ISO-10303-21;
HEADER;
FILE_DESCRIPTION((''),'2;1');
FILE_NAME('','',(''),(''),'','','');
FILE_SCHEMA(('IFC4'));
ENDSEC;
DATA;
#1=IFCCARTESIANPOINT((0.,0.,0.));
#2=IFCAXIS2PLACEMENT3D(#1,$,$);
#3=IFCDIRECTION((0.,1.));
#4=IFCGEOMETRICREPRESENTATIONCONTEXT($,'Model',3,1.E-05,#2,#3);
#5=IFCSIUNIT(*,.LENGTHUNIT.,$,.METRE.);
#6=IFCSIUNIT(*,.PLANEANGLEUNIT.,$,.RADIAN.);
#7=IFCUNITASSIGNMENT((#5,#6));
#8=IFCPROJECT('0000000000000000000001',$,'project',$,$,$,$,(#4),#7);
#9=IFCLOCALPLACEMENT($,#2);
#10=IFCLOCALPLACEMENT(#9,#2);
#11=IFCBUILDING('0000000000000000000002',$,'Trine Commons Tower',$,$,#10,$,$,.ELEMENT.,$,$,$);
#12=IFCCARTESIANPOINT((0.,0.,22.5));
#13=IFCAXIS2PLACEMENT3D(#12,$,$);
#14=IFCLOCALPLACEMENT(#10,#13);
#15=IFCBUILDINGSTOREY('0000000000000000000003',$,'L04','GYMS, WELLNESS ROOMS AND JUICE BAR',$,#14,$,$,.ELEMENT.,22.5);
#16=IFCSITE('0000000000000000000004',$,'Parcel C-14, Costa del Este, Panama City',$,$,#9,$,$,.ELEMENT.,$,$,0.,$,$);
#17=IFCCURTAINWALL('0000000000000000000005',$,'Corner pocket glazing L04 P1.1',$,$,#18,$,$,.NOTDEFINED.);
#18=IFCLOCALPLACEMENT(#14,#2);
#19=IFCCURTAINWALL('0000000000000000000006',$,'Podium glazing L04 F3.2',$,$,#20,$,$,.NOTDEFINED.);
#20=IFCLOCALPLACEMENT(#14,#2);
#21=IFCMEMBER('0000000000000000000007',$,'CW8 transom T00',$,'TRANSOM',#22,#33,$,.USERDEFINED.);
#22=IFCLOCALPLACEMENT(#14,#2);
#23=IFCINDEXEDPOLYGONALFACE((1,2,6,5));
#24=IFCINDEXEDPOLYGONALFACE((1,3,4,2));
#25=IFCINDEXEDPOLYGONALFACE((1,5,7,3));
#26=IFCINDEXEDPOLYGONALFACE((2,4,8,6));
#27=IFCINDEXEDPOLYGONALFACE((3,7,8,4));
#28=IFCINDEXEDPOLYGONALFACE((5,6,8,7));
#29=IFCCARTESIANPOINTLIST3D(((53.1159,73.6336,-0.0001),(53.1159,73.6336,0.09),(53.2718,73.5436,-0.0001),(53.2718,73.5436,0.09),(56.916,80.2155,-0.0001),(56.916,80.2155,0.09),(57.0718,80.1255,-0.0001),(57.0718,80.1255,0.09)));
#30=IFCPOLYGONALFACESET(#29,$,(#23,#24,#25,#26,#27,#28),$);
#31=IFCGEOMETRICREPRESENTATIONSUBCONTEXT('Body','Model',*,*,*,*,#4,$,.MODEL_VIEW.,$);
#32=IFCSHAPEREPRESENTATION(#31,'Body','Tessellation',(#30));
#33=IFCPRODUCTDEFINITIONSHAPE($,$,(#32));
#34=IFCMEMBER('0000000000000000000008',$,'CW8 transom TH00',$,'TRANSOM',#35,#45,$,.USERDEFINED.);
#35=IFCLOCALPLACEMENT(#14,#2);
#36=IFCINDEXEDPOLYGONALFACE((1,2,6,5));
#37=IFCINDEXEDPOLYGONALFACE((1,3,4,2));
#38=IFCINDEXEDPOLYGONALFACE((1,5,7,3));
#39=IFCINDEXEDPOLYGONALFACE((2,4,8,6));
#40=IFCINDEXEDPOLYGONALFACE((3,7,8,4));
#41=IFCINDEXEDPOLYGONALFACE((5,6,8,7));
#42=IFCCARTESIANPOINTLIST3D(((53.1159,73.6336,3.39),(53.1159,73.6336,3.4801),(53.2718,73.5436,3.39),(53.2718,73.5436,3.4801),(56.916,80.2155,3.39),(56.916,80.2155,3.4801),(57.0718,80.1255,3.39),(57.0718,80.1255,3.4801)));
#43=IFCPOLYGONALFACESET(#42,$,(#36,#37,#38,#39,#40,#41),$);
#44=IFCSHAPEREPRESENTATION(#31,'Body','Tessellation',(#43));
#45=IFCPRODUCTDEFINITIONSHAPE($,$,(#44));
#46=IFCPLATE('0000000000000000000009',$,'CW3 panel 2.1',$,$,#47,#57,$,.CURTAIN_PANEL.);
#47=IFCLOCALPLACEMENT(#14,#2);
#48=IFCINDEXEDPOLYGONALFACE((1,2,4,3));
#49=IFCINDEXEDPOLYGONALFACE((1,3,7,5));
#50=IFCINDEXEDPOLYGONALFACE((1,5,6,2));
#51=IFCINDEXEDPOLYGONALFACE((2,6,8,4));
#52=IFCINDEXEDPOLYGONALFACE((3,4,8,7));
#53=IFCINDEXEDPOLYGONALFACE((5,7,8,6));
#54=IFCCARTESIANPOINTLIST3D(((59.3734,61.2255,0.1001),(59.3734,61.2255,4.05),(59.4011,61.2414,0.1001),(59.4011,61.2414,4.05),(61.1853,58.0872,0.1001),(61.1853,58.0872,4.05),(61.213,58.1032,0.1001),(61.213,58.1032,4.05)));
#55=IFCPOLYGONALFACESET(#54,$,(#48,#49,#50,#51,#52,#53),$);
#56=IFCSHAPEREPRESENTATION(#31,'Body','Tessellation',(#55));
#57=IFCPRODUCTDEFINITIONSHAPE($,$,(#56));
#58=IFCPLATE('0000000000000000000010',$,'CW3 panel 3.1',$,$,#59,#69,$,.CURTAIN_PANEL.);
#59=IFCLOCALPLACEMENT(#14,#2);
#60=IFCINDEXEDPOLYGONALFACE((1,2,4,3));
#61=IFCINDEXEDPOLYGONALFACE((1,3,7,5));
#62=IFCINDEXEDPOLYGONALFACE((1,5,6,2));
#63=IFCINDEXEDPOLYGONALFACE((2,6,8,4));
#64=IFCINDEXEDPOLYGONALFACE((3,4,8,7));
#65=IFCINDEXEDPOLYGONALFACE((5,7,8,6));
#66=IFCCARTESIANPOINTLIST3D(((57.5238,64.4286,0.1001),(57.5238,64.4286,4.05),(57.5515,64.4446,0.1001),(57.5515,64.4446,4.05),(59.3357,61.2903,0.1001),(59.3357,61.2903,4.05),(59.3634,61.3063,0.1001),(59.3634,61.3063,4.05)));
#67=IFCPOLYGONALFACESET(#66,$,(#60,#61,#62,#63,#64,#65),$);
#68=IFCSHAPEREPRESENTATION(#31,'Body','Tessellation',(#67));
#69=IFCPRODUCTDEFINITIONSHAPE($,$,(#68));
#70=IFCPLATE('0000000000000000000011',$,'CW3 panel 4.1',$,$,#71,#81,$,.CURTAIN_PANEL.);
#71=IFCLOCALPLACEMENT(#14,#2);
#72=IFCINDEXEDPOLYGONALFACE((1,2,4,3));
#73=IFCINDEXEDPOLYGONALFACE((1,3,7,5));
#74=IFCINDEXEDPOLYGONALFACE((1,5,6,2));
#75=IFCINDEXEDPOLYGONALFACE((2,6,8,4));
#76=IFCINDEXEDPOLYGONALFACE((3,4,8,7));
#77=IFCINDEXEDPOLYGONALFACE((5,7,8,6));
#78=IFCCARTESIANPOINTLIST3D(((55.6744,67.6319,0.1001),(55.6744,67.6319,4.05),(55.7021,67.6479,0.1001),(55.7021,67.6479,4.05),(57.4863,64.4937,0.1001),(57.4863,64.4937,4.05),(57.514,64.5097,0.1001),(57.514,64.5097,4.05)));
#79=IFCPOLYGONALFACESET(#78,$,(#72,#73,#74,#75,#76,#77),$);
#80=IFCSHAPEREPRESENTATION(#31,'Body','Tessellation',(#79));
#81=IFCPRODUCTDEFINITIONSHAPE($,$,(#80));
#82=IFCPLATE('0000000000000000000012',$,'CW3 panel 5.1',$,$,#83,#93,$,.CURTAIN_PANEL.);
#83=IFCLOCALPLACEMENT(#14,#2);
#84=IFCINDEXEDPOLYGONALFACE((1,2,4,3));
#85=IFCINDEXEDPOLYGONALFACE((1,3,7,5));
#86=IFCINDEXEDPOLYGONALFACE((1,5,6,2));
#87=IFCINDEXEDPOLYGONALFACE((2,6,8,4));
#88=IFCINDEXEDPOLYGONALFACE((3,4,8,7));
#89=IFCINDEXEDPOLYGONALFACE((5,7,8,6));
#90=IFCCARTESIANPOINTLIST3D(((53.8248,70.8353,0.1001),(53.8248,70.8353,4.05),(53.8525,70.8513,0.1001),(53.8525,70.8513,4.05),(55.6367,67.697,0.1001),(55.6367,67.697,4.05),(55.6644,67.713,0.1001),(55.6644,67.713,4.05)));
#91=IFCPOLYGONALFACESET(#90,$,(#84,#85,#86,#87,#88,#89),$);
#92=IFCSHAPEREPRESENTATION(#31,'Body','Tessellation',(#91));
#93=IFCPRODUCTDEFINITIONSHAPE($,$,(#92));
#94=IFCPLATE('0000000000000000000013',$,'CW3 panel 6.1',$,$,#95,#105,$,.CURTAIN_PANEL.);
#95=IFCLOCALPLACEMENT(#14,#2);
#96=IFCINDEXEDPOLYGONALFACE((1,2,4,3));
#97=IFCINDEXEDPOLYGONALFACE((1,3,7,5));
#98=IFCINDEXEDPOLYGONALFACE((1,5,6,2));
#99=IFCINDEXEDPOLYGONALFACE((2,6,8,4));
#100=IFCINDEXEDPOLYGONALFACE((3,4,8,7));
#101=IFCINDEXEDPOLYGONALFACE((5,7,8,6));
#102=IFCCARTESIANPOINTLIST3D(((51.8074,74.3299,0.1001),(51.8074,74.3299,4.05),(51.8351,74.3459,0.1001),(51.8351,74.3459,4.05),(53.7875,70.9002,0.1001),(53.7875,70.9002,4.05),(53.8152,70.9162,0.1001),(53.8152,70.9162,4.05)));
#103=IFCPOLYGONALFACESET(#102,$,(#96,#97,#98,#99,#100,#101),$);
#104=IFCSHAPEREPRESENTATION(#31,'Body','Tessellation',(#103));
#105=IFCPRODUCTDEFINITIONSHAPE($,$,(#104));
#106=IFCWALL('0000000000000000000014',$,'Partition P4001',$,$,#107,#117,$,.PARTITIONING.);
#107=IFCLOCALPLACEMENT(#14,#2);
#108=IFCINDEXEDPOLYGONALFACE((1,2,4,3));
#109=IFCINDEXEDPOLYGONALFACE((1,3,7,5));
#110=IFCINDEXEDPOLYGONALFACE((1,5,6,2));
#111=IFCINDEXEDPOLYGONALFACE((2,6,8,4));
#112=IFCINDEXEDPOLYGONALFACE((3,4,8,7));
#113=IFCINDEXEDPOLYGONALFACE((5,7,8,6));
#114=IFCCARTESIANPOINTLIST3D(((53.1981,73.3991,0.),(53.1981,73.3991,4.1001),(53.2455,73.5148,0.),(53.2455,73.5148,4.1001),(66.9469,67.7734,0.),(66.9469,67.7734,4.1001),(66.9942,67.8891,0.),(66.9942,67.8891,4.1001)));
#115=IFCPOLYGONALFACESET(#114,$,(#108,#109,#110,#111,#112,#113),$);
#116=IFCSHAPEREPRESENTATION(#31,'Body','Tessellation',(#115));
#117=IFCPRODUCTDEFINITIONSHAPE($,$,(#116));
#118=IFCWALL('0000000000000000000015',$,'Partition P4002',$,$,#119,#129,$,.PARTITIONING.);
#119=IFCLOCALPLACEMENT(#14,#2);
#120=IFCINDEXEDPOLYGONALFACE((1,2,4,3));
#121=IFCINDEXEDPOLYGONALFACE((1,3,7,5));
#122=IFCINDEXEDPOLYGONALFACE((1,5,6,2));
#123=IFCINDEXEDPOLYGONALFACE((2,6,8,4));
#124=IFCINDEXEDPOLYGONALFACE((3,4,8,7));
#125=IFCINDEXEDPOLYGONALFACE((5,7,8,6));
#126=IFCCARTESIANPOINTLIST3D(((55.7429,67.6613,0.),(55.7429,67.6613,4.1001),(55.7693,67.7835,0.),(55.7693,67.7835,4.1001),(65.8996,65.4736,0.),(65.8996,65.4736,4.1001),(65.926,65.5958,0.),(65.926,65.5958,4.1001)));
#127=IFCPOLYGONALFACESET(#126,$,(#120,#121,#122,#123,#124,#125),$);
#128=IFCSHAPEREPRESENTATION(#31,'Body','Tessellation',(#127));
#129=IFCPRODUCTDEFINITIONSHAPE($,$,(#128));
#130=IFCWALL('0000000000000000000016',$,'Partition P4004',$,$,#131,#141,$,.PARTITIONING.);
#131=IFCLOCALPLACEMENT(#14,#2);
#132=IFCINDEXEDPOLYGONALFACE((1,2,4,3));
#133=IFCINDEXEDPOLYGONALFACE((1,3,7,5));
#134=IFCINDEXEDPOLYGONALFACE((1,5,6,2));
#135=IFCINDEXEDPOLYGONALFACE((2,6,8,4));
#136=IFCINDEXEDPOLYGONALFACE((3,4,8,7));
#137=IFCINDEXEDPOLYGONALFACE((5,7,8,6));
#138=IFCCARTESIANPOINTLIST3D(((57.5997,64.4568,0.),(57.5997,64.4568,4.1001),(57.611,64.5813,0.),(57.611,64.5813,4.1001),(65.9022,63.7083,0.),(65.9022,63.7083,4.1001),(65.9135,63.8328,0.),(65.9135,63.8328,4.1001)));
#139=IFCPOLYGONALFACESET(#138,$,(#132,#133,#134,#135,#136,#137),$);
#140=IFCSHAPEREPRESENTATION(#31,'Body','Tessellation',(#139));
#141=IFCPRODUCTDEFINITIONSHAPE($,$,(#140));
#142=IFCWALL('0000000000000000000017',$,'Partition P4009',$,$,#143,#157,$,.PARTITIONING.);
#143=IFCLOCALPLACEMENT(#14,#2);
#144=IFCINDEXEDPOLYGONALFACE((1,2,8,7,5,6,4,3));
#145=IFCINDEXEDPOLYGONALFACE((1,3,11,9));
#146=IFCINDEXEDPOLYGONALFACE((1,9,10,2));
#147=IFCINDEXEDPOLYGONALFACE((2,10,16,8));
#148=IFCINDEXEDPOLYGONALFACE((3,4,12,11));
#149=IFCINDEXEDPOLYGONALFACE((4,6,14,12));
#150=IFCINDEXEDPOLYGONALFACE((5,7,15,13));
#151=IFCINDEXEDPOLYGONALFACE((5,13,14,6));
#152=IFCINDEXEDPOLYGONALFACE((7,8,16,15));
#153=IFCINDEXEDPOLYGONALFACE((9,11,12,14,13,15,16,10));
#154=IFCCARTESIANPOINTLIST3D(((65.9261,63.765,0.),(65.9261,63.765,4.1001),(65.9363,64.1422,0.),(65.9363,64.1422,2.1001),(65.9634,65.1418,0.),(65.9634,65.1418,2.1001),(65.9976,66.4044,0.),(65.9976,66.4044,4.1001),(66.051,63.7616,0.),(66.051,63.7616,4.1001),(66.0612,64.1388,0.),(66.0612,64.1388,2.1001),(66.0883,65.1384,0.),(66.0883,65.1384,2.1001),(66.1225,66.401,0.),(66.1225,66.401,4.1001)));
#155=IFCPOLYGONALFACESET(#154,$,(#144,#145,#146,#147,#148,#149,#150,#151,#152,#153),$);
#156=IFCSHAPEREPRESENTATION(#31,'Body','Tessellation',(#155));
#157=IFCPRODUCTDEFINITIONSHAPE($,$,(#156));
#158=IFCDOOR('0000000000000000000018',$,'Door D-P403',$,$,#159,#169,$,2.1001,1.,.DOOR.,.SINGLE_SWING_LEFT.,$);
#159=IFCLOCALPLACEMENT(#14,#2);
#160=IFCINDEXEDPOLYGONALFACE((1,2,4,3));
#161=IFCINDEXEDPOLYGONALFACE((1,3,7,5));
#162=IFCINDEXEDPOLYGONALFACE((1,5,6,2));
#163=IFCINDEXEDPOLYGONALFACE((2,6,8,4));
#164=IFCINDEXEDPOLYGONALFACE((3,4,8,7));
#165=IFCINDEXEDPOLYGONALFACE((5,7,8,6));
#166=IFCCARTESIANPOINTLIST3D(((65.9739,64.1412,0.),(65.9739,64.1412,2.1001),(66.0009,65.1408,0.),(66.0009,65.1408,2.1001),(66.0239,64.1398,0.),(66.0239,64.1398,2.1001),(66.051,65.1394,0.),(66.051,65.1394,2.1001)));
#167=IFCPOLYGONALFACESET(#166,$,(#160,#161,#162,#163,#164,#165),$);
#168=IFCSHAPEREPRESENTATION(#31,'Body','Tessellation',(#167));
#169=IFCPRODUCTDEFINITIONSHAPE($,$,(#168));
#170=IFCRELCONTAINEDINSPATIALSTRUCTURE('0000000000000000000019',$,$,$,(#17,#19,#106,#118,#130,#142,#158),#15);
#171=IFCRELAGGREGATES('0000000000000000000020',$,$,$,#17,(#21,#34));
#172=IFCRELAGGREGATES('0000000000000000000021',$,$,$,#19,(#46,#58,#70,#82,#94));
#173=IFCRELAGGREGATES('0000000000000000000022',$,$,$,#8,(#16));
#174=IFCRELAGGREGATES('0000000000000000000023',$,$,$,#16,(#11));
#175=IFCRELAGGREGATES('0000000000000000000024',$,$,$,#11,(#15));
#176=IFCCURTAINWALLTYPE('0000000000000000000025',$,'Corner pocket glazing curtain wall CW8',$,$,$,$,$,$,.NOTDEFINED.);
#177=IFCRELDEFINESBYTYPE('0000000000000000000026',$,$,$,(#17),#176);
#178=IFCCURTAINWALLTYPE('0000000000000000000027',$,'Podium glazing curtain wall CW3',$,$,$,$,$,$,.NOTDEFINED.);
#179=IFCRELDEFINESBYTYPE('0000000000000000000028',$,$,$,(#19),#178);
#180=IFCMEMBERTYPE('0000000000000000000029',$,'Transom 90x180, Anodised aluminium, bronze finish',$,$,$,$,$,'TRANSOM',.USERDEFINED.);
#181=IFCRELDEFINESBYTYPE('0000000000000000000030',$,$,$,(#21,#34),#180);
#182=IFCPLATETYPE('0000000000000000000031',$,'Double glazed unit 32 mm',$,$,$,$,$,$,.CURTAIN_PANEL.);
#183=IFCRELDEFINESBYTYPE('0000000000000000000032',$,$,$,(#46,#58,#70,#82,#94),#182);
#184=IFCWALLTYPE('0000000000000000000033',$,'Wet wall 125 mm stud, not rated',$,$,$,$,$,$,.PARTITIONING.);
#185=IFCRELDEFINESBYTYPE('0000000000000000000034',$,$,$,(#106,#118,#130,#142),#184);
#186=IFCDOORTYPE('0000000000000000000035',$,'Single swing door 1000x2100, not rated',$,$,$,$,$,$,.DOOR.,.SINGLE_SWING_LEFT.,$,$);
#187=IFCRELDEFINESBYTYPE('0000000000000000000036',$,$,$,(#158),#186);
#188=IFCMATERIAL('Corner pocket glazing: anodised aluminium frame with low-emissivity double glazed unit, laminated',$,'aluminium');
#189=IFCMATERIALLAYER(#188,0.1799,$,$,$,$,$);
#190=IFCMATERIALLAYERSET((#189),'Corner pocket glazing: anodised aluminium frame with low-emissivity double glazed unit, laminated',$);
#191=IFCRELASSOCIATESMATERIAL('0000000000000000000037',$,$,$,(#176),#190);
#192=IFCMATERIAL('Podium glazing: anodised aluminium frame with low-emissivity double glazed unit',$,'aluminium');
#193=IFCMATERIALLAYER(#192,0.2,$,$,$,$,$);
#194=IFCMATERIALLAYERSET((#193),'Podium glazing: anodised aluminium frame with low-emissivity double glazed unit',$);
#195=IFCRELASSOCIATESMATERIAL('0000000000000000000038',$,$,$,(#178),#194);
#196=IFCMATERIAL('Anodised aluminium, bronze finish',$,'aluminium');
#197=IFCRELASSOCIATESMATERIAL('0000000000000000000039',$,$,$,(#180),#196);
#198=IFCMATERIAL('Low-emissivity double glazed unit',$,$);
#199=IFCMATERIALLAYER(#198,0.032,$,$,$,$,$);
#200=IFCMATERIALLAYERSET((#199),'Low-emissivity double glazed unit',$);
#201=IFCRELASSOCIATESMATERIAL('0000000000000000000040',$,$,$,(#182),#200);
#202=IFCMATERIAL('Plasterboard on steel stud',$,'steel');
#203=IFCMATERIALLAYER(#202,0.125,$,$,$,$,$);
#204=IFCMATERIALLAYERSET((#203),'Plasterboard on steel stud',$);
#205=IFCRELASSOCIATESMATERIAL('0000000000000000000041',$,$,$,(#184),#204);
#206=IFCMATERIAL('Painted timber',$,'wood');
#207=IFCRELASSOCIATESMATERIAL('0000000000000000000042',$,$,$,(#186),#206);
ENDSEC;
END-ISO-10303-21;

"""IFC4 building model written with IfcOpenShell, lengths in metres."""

from ifc_helpers import new_model, si_unit, direction, frame, frame_2d, origin, origin_2d, place, context, subcontext, project, spatial, rectangle, extrude, material, layer, layer_set, material_profile, profile_set, type_object, element, fill, aggregate, save


model = new_model("IFC4")

# Units and contexts
model_context = context("Model", 3, precision=1e-05, world=origin(), true_north=direction((0.0, 1.0)))
body_context = subcontext(model_context, "Body", "Model", "MODEL_VIEW")
ifc_project = project(units=[si_unit("LENGTHUNIT", "METRE"), si_unit("PLANEANGLEUNIT", "RADIAN")], contexts=[model_context])

# Site, building, storey
site_placement = place(None, origin())
site = spatial("IfcSite", under=ifc_project, at=site_placement, Name="Parcel C-14, Costa del Este, Panama City", CompositionType="ELEMENT", RefElevation=0.0)
building_placement = place(site_placement, origin())
building = spatial("IfcBuilding", under=site, at=building_placement, Name="Trine Commons Tower", CompositionType="ELEMENT")
storey_placement = place(building_placement, frame((0.0, 0.0, 22.5)))
storey = spatial("IfcBuildingStorey", under=building, at=storey_placement, Name="L04", Description="GYMS, WELLNESS ROOMS AND JUICE BAR", CompositionType="ELEMENT", Elevation=22.5)

# Curtain wall
ifc_material_1 = material(Name="Corner pocket glazing: anodised aluminium frame with low-emissivity double glazed unit, laminated", Category="aluminium")
ifc_layer_1 = layer(ifc_material_1, 0.1799)
ifc_layer_set_1 = layer_set([ifc_layer_1], Name="Corner pocket glazing: anodised aluminium frame with low-emissivity double glazed unit, laminated")
curtain_wall_type_1 = type_object("IfcCurtainWallType", Name="Corner pocket glazing curtain wall CW8", PredefinedType="NOTDEFINED", material=ifc_layer_set_1)
curtain_wall_1_placement = place(storey_placement, origin())
curtain_wall_1 = element("IfcCurtainWall", 1, at=curtain_wall_1_placement, inside=storey, type_object=curtain_wall_type_1, Name="Corner pocket glazing L04 P1.1", PredefinedType="NOTDEFINED")
ifc_material_2 = material(Name="Anodised aluminium, bronze finish", Category="aluminium")

# Curtain wall
ifc_material_3 = material(Name="Podium glazing: anodised aluminium frame with low-emissivity double glazed unit", Category="aluminium")
ifc_layer_2 = layer(ifc_material_3, 0.2)
ifc_layer_set_2 = layer_set([ifc_layer_2], Name="Podium glazing: anodised aluminium frame with low-emissivity double glazed unit")
curtain_wall_type_2 = type_object("IfcCurtainWallType", Name="Podium glazing curtain wall CW3", PredefinedType="NOTDEFINED", material=ifc_layer_set_2)
curtain_wall_2_placement = place(storey_placement, origin())
curtain_wall_2 = element("IfcCurtainWall", 2, at=curtain_wall_2_placement, inside=storey, type_object=curtain_wall_type_2, Name="Podium glazing L04 F3.2", PredefinedType="NOTDEFINED")

# Members
ifc_material_profile_1 = material_profile(ifc_material_2, rectangle(XDim=0.1799, YDim=0.0901, at=origin_2d()), Name="Transom 90x180")
ifc_profile_set_1 = profile_set([ifc_material_profile_1], Name="Anodised aluminium, bronze finish")
member_type_1 = type_object("IfcMemberType", Name="Transom 90x180, Anodised aluminium, bronze finish", ElementType="TRANSOM", PredefinedType="USERDEFINED", material=ifc_profile_set_1)
member_1_placement = place(storey_placement, frame((53.1938, 73.5886, 0.0449), z_axis=(0.500005, 0.866022, 0.0), x_axis=(-0.866022, 0.500005, 0.0)))
member_1 = element("IfcMember", 3, at=member_1_placement, type_object=member_type_1, Name="CW8 transom T00", ObjectType="TRANSOM", PredefinedType="USERDEFINED", context=body_context, shape_type="SweptSolid", body=[
    extrude(rectangle(XDim=0.1799, YDim=0.0901, at=origin_2d()), origin(), (0.0, 0.0, 1.0), 7.6001),
])
member_2_placement = place(storey_placement, frame((53.1938, 73.5886, 3.4351), z_axis=(0.500005, 0.866022, 0.0), x_axis=(-0.866022, 0.500005, 0.0)))
member_2 = element("IfcMember", 4, at=member_2_placement, type_object=member_type_1, Name="CW8 transom TH00", ObjectType="TRANSOM", PredefinedType="USERDEFINED", context=body_context, shape_type="SweptSolid", body=[
    extrude(rectangle(XDim=0.1799, YDim=0.0901, at=origin_2d()), origin(), (0.0, 0.0, 1.0), 7.6001),
])
aggregate(curtain_wall_1, [member_1, member_2])

# Plates
ifc_material_4 = material(Name="Low-emissivity double glazed unit")
ifc_layer_3 = layer(ifc_material_4, 0.032)
ifc_layer_set_3 = layer_set([ifc_layer_3], Name="Low-emissivity double glazed unit")
plate_type = type_object("IfcPlateType", Name="Double glazed unit 32 mm", PredefinedType="CURTAIN_PANEL", material=ifc_layer_set_3)
plate_1_placement = place(storey_placement, frame((60.2932, 59.6643, 0.1001), z_axis=(0.0, 0.0, 1.0), x_axis=(-0.5, 0.866025, 0.0)))
plate_1 = element("IfcPlate", 5, at=plate_1_placement, type_object=plate_type, Name="CW3 panel 2.1", PredefinedType="CURTAIN_PANEL", context=body_context, shape_type="SweptSolid", body=[
    extrude(rectangle(XDim=3.6238, YDim=0.032, at=origin_2d()), origin(), (0.0, 0.0, 1.0), 3.95),
])
plate_2_placement = place(storey_placement, frame((58.4436, 62.8674, 0.1001), z_axis=(0.0, 0.0, 1.0), x_axis=(-0.5, 0.866025, 0.0)))
plate_2 = element("IfcPlate", 6, at=plate_2_placement, type_object=plate_type, Name="CW3 panel 3.1", PredefinedType="CURTAIN_PANEL", context=body_context, shape_type="SweptSolid", body=[
    extrude(rectangle(XDim=3.6238, YDim=0.032, at=origin_2d()), origin(), (0.0, 0.0, 1.0), 3.95),
])
plate_3_placement = place(storey_placement, frame((56.5942, 66.0708, 0.1001), z_axis=(0.0, 0.0, 1.0), x_axis=(-0.5, 0.866025, 0.0)))
plate_3 = element("IfcPlate", 7, at=plate_3_placement, type_object=plate_type, Name="CW3 panel 4.1", PredefinedType="CURTAIN_PANEL", context=body_context, shape_type="SweptSolid", body=[
    extrude(rectangle(XDim=3.6238, YDim=0.032, at=origin_2d()), origin(), (0.0, 0.0, 1.0), 3.95),
])
plate_4_placement = place(storey_placement, frame((54.7446, 69.2742, 0.1001), z_axis=(0.0, 0.0, 1.0), x_axis=(-0.5, 0.866025, 0.0)))
plate_4 = element("IfcPlate", 8, at=plate_4_placement, type_object=plate_type, Name="CW3 panel 5.1", PredefinedType="CURTAIN_PANEL", context=body_context, shape_type="SweptSolid", body=[
    extrude(rectangle(XDim=3.6238, YDim=0.032, at=origin_2d()), origin(), (0.0, 0.0, 1.0), 3.95),
])
plate_5_placement = place(storey_placement, frame((52.8113, 72.623, 0.1001), z_axis=(0.0, 0.0, 1.0), x_axis=(-0.5, 0.866025, 0.0)))
plate_5 = element("IfcPlate", 9, at=plate_5_placement, type_object=plate_type, Name="CW3 panel 6.1", PredefinedType="CURTAIN_PANEL", context=body_context, shape_type="SweptSolid", body=[
    extrude(rectangle(XDim=3.9602, YDim=0.032, at=origin_2d()), origin(), (0.0, 0.0, 1.0), 3.95),
])
aggregate(curtain_wall_2, [plate_1, plate_2, plate_3, plate_4, plate_5])

# Walls
ifc_material_5 = material(Name="Plasterboard on steel stud", Category="steel")
ifc_layer_4 = layer(ifc_material_5, 0.125)
ifc_layer_set_4 = layer_set([ifc_layer_4], Name="Plasterboard on steel stud")
wall_type_1 = type_object("IfcWallType", Name="Wet wall 125 mm stud, not rated", PredefinedType="PARTITIONING", material=ifc_layer_set_4)
wall_1_placement = place(storey_placement, frame((53.2217, 73.457, 0.0), z_axis=(0.0, 0.0, 1.0), x_axis=(0.925518, -0.378704, 0.0)))
element("IfcWall", 10, at=wall_1_placement, inside=storey, type_object=wall_type_1, Name="Partition P4001", PredefinedType="PARTITIONING", context=body_context, shape_type="SweptSolid", body=[
    extrude(rectangle(XDim=14.8552, YDim=0.125, at=frame_2d((7.4277, 0.0))), origin(), (0.0, 0.0, 1.0), 4.1001),
])
wall_2_placement = place(storey_placement, frame((55.7561, 67.7224, 0.0), z_axis=(0.0, 0.0, 1.0), x_axis=(0.977579, -0.210569, 0.0)))
element("IfcWall", 11, at=wall_2_placement, inside=storey, type_object=wall_type_1, Name="Partition P4002", PredefinedType="PARTITIONING", context=body_context, shape_type="SweptSolid", body=[
    extrude(rectangle(XDim=10.3896, YDim=0.125, at=frame_2d((5.1948, 0.0))), origin(), (0.0, 0.0, 1.0), 4.1001),
])
wall_3_placement = place(storey_placement, frame((57.6055, 64.519, 0.0), z_axis=(0.0, 0.0, 1.0), x_axis=(0.99596, -0.089794, 0.0)))
element("IfcWall", 12, at=wall_3_placement, inside=storey, type_object=wall_type_1, Name="Partition P4004", PredefinedType="PARTITIONING", context=body_context, shape_type="SweptSolid", body=[
    extrude(rectangle(XDim=8.3362, YDim=0.125, at=frame_2d((4.168, 0.0))), origin(), (0.0, 0.0, 1.0), 4.1001),
])

# Wall, opening, door
wall_4_placement = place(storey_placement, frame((65.9885, 63.7632, 0.0), z_axis=(0.0, 0.0, 1.0), x_axis=(0.027092, 0.999633, 0.0)))
wall_4 = element("IfcWall", 13, at=wall_4_placement, inside=storey, type_object=wall_type_1, Name="Partition P4009", PredefinedType="PARTITIONING", context=body_context, shape_type="SweptSolid", body=[
    extrude(rectangle(XDim=2.6404, YDim=0.125, at=frame_2d((1.3203, 0.0))), origin(), (0.0, 0.0, 1.0), 4.1001),
])
opening_placement = place(wall_4_placement, frame((0.3774, 0.0, 0.0)))
opening = element("IfcOpeningElement", 14, at=opening_placement, cuts=wall_4, PredefinedType="OPENING", context=body_context, shape_type="SweptSolid", body=[
    extrude(rectangle(XDim=1.0, YDim=2.1001, at=frame_2d((0.5, 1.05))), frame((0.0, 0.0725, 0.0), z_axis=(0.0, -1.0, 0.0), x_axis=(1.0, 0.0, 0.0)), (0.0, 0.0, 1.0), 0.145),
])
ifc_material_6 = material(Name="Painted timber", Category="wood")
door_type = type_object("IfcDoorType", Name="Single swing door 1000x2100, not rated", OperationType="SINGLE_SWING_LEFT", PredefinedType="DOOR", material=ifc_material_6)
door_placement = place(opening_placement, origin())
door = element("IfcDoor", 15, at=door_placement, inside=storey, type_object=door_type, Name="Door D-P403", OperationType="SINGLE_SWING_LEFT", OverallHeight=2.1001, OverallWidth=1.0, PredefinedType="DOOR", context=body_context, shape_type="SweptSolid", body=[
    extrude(rectangle(XDim=1.0, YDim=2.1001, at=frame_2d((0.5, 1.05))), frame((0.0, 0.0249, 0.0), z_axis=(0.0, -1.0, 0.0), x_axis=(1.0, 0.0, 0.0)), (0.0, 0.0, 1.0), 0.05),
])
fill(opening, door)

save(model, "model.ifc")
